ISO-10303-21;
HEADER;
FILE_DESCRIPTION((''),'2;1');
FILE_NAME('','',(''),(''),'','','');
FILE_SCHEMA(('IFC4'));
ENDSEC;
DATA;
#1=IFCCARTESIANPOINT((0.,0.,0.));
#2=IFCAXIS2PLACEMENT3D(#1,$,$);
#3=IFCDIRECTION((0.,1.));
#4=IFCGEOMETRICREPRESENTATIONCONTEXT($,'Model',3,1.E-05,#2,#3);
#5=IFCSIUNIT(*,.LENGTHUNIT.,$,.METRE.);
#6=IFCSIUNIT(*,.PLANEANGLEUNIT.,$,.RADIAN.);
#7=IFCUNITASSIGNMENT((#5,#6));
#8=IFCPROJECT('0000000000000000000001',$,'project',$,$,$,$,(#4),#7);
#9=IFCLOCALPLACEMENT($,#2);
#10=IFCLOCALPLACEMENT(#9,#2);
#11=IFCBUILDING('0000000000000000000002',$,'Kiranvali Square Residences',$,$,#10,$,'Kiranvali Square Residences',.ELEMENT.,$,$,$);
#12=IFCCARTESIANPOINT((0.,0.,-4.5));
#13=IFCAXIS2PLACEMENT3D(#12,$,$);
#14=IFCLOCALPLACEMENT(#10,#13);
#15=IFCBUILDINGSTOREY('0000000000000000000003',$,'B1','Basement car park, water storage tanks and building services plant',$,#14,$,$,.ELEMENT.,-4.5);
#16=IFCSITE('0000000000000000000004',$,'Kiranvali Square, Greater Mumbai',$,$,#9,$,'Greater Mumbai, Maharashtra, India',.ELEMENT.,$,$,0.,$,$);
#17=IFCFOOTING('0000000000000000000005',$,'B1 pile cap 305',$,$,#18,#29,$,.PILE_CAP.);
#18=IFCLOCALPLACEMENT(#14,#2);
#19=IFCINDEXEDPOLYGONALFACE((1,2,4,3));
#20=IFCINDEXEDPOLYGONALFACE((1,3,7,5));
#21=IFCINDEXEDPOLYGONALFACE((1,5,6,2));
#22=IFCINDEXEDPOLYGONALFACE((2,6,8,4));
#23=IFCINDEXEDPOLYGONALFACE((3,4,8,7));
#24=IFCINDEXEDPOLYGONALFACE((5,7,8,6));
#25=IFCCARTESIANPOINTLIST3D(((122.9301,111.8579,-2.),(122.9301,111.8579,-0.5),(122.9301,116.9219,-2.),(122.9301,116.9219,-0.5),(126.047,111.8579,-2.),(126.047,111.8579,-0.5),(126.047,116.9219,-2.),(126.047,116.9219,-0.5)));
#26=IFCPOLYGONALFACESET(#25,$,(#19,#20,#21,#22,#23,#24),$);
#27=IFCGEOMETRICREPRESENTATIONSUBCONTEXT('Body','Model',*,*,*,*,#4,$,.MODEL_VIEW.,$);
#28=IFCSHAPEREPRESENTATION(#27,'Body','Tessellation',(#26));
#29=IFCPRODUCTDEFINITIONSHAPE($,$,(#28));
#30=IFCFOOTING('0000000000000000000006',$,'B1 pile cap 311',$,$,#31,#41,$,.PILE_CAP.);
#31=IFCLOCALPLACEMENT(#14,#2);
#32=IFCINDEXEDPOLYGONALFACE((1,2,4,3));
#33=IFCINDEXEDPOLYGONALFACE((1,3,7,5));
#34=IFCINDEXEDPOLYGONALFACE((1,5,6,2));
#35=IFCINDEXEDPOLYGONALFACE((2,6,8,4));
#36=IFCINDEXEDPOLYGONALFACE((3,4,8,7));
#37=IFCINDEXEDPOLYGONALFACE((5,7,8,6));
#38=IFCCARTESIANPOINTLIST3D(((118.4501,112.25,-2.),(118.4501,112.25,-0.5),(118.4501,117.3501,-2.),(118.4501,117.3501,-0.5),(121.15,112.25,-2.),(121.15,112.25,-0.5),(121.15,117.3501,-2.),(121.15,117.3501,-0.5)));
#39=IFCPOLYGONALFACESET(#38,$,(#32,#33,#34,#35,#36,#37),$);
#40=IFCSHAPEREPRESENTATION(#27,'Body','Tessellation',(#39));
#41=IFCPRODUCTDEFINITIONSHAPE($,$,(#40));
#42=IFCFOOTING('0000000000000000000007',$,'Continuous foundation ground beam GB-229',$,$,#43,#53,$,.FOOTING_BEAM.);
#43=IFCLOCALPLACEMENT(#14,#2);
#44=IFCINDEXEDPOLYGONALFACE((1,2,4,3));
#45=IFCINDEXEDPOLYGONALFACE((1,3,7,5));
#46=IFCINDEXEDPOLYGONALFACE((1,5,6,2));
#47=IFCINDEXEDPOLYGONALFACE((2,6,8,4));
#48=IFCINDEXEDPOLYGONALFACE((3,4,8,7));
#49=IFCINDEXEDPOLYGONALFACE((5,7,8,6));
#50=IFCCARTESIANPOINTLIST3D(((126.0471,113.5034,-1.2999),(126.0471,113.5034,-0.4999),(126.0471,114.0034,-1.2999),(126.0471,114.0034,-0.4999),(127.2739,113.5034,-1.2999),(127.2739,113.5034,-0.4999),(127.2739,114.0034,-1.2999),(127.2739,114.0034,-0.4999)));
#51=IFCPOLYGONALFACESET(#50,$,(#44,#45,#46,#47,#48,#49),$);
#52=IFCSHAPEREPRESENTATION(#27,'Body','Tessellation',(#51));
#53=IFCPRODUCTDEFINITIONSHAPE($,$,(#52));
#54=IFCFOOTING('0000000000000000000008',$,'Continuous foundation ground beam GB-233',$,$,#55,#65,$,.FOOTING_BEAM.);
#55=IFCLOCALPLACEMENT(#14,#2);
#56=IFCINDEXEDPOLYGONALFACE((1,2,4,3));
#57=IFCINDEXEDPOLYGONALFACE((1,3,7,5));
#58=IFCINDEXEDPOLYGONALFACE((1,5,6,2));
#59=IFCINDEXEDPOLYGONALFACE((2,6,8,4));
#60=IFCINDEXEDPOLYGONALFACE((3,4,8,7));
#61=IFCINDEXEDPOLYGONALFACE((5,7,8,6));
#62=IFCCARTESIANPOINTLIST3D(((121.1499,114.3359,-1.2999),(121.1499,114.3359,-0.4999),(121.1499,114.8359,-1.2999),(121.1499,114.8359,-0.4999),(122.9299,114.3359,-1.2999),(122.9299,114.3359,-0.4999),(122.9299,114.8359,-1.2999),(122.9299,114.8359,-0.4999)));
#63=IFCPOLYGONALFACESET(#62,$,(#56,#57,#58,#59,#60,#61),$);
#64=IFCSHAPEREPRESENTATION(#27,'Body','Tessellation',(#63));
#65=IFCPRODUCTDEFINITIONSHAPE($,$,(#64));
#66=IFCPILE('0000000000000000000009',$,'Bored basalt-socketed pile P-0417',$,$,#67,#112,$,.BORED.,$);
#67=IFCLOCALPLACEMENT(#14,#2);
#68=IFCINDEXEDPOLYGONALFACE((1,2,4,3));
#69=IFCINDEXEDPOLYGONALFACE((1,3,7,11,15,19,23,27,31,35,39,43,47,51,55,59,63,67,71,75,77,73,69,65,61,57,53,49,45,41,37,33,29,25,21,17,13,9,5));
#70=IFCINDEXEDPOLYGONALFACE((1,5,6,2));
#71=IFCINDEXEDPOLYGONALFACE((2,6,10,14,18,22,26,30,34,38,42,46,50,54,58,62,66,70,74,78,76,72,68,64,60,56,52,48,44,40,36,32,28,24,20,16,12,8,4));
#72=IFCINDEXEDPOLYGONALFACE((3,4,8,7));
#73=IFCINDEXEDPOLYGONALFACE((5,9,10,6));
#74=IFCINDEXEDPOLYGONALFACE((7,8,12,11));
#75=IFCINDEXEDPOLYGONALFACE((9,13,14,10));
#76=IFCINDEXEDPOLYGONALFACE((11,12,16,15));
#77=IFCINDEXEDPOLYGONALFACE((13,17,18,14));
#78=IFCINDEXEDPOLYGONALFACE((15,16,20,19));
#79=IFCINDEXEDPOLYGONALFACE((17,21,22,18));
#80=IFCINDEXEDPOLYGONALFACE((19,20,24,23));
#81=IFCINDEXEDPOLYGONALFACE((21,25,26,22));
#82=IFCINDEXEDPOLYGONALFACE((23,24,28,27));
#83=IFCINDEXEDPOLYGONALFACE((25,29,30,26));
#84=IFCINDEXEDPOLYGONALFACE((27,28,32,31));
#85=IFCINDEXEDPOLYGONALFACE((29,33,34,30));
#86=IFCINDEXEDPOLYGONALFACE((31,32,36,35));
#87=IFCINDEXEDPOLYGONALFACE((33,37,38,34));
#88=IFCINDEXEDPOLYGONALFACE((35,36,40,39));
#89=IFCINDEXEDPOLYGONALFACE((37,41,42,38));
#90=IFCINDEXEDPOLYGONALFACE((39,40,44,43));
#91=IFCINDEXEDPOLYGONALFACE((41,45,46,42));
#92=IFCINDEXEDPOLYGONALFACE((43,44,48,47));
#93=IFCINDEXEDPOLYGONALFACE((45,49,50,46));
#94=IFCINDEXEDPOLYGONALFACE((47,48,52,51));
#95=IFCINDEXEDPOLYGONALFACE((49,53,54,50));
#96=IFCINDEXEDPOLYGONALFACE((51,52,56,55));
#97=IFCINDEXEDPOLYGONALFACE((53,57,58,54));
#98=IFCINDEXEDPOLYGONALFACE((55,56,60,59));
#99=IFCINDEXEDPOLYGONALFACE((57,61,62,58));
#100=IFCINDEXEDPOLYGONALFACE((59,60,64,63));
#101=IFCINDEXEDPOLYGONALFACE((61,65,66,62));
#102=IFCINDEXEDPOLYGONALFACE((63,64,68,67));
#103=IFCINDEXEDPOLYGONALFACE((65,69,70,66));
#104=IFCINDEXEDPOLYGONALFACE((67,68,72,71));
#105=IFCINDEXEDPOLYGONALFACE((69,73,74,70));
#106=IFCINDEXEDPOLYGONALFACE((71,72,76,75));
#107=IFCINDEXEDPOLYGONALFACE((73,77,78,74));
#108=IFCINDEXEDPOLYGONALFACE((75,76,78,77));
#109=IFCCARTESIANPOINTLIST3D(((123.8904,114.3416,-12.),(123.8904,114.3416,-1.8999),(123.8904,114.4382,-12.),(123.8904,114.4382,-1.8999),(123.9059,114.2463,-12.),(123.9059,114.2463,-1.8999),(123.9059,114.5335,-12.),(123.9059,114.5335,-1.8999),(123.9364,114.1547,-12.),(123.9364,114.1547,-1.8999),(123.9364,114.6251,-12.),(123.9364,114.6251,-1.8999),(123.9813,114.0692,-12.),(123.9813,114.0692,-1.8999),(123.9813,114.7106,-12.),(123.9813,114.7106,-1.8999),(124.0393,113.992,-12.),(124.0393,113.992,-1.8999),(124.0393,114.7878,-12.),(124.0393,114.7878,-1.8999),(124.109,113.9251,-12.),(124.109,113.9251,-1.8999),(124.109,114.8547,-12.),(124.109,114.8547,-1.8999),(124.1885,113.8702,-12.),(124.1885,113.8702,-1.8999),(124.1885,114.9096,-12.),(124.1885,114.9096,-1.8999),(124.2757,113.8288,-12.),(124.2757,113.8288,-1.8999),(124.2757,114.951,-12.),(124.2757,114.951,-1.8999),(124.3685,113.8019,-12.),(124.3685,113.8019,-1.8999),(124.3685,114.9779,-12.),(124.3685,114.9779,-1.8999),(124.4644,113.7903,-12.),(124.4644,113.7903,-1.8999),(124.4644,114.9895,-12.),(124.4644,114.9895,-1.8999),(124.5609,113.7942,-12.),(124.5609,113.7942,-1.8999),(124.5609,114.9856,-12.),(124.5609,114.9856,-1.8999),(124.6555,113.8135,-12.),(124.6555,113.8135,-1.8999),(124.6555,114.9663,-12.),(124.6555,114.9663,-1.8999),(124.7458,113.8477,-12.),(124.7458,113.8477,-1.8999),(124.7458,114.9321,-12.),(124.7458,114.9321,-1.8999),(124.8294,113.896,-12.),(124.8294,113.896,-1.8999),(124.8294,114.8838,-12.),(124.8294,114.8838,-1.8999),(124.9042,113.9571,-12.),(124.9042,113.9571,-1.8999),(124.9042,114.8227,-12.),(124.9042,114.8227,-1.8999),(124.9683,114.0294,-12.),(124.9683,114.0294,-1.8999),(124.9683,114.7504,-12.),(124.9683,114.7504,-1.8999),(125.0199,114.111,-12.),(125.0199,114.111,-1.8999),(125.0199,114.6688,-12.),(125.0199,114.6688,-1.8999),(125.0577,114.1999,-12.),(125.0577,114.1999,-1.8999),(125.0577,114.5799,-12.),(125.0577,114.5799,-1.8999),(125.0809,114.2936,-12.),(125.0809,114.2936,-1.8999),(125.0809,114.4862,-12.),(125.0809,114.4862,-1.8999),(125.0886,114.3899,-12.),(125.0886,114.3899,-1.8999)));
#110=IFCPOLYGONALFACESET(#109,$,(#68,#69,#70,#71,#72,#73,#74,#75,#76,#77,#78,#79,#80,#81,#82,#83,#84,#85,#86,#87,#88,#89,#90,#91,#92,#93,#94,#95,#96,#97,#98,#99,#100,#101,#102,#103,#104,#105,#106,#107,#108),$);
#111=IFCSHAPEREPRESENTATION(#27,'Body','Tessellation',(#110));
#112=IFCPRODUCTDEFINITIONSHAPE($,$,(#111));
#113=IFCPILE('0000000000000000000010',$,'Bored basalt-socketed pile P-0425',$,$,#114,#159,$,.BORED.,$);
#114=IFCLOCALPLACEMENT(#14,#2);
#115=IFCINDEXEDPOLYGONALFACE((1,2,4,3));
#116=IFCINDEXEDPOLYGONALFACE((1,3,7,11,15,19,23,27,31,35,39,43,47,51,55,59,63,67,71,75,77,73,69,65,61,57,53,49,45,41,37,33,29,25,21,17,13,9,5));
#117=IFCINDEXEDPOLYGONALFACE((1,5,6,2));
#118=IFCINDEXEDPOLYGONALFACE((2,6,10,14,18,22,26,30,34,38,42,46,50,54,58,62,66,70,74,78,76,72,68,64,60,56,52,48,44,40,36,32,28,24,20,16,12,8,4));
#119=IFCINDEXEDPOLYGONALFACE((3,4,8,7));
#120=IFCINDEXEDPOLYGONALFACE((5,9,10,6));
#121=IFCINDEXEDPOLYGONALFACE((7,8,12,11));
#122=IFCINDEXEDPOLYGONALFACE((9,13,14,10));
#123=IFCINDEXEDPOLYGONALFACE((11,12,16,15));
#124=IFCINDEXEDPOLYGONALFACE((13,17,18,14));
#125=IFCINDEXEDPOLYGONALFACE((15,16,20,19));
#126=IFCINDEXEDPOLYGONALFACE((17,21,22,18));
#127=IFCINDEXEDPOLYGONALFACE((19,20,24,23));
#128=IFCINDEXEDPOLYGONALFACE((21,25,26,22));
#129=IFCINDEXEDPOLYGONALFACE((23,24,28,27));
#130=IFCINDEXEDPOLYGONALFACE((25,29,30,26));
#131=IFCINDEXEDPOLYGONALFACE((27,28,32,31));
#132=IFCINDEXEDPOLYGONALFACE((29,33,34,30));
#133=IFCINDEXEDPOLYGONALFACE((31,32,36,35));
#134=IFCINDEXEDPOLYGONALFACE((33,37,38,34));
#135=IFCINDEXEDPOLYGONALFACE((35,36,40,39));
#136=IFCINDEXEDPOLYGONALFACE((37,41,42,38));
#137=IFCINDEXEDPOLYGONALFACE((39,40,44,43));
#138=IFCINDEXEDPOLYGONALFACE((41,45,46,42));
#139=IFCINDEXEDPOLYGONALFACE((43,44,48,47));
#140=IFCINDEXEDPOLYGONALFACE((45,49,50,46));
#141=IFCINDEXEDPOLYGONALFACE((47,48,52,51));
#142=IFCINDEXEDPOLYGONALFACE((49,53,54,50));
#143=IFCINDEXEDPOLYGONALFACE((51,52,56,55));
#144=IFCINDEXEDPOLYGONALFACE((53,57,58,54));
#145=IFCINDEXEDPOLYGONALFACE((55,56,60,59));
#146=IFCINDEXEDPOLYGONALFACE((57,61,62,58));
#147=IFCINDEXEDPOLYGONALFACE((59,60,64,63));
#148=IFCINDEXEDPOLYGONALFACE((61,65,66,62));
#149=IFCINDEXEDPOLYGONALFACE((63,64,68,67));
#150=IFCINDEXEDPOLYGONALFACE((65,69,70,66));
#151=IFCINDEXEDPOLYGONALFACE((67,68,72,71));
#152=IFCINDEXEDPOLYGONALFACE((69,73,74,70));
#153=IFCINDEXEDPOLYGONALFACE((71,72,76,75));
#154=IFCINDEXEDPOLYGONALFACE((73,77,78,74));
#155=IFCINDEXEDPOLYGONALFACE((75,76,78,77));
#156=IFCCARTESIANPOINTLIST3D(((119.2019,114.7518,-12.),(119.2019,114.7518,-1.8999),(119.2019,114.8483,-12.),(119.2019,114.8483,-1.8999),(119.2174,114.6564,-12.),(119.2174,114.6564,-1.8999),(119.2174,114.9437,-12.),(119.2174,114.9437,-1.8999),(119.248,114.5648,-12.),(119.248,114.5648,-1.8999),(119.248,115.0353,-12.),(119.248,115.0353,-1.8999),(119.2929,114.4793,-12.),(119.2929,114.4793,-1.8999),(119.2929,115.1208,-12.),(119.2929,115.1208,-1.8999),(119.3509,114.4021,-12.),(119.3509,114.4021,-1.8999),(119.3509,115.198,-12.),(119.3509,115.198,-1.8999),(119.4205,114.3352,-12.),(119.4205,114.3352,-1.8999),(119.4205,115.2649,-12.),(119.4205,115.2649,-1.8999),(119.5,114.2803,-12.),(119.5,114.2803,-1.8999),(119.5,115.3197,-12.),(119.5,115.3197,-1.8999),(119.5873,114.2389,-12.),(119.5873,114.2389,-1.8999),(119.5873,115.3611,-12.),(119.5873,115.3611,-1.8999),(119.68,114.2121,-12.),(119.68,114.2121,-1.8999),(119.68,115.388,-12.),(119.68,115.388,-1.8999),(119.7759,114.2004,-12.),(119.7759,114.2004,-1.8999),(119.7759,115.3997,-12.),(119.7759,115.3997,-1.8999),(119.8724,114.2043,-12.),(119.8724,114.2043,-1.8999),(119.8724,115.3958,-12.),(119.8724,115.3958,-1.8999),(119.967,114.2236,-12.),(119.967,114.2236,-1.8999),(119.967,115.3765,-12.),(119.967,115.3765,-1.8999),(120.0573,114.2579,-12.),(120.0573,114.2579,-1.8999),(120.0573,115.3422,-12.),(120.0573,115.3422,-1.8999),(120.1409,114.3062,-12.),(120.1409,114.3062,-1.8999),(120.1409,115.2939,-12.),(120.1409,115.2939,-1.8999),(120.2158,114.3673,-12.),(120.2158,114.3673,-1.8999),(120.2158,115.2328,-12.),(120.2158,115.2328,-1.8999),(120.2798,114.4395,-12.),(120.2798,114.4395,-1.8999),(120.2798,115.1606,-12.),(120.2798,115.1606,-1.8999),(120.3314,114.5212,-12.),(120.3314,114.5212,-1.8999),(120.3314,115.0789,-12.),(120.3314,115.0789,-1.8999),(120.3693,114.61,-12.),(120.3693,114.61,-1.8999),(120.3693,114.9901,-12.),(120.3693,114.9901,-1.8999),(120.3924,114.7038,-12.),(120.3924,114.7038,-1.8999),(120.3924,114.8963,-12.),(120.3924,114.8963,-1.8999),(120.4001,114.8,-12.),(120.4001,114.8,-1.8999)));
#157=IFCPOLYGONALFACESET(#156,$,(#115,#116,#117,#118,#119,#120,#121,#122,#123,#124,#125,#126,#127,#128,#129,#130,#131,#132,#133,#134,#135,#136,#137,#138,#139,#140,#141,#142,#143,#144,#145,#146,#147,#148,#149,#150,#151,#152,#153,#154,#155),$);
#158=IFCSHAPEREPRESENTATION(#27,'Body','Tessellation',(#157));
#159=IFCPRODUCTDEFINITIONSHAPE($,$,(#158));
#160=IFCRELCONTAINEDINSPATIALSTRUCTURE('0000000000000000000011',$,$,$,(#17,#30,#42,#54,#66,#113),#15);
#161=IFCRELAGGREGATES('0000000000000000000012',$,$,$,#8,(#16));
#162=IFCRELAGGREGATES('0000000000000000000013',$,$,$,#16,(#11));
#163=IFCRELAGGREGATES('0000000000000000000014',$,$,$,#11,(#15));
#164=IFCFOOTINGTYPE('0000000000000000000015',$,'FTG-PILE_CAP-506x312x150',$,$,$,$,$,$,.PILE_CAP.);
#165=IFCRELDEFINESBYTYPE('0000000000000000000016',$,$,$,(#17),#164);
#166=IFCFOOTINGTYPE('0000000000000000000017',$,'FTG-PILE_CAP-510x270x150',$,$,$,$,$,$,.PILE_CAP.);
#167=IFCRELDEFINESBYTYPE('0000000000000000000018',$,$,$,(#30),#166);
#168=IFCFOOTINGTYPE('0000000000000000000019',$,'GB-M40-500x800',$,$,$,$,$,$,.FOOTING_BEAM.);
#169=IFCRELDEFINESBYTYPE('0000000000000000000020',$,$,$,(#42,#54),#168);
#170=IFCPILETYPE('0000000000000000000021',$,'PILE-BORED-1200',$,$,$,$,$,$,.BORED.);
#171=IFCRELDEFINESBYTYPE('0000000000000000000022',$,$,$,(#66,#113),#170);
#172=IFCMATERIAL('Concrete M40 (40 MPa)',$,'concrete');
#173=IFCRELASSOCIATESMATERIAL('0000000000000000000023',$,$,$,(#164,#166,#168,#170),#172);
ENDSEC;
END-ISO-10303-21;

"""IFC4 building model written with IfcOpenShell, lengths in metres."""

from ifc_helpers import new_model, si_unit, direction, frame, origin, origin_2d, place, context, subcontext, project, spatial, rectangle, circle, extrude, material, material_profile, profile_set, type_object, element, save


model = new_model("IFC4")

# Units and contexts
model_context = context("Model", 3, precision=1e-05, world=origin(), true_north=direction((0.0, 1.0)))
body_context = subcontext(model_context, "Body", "Model", "MODEL_VIEW")
ifc_project = project(units=[si_unit("LENGTHUNIT", "METRE"), si_unit("PLANEANGLEUNIT", "RADIAN")], contexts=[model_context])

# Site, building, storey
site_placement = place(None, origin())
site = spatial("IfcSite", under=ifc_project, at=site_placement, Name="Kiranvali Square, Greater Mumbai", LongName="Greater Mumbai, Maharashtra, India", CompositionType="ELEMENT", RefElevation=0.0)
building_placement = place(site_placement, origin())
building = spatial("IfcBuilding", under=site, at=building_placement, Name="Kiranvali Square Residences", LongName="Kiranvali Square Residences", CompositionType="ELEMENT")
storey_placement = place(building_placement, frame((0.0, 0.0, -4.5)))
storey = spatial("IfcBuildingStorey", under=building, at=storey_placement, Name="B1", Description="Basement car park, water storage tanks and building services plant", CompositionType="ELEMENT", Elevation=-4.5)

# Footings
ifc_material_1 = material(Name="Concrete M40 (40 MPa)", Category="concrete")
footing_type_1 = type_object("IfcFootingType", Name="FTG-PILE_CAP-506x312x150", PredefinedType="PILE_CAP", material=ifc_material_1)
footing_1_placement = place(storey_placement, frame((124.4885, 114.3899, -2.0), z_axis=(0.0, 0.0, 1.0), x_axis=(0.0, 1.0, 0.0)))
element("IfcFooting", 1, at=footing_1_placement, inside=storey, type_object=footing_type_1, Name="B1 pile cap 305", PredefinedType="PILE_CAP", context=body_context, shape_type="SweptSolid", body=[
    extrude(rectangle(XDim=5.064, YDim=3.1169, at=origin_2d()), origin(), (0.0, 0.0, 1.0), 1.5),
])
footing_type_2 = type_object("IfcFootingType", Name="FTG-PILE_CAP-510x270x150", PredefinedType="PILE_CAP", material=ifc_material_1)
footing_2_placement = place(storey_placement, frame((119.8, 114.8, -2.0), z_axis=(0.0, 0.0, 1.0), x_axis=(0.0, 1.0, 0.0)))
element("IfcFooting", 2, at=footing_2_placement, inside=storey, type_object=footing_type_2, Name="B1 pile cap 311", PredefinedType="PILE_CAP", context=body_context, shape_type="SweptSolid", body=[
    extrude(rectangle(XDim=5.1001, YDim=2.7, at=origin_2d()), origin(), (0.0, 0.0, 1.0), 1.5),
])
ifc_material_profile_1 = material_profile(ifc_material_1, rectangle(XDim=0.5, YDim=0.8, at=origin_2d()), Name="GB 500x800")
ifc_profile_set_1 = profile_set([ifc_material_profile_1], Name="Concrete M40 (40 MPa)")
footing_type_3 = type_object("IfcFootingType", Name="GB-M40-500x800", PredefinedType="FOOTING_BEAM", material=ifc_profile_set_1)
footing_3_placement = place(storey_placement, frame((126.0471, 113.7534, -0.8999), z_axis=(1.0, 0.0, 0.0), x_axis=(0.0, 1.0, 0.0)))
element("IfcFooting", 3, at=footing_3_placement, inside=storey, type_object=footing_type_3, Name="Continuous foundation ground beam GB-229", PredefinedType="FOOTING_BEAM", context=body_context, shape_type="SweptSolid", body=[
    extrude(rectangle(XDim=0.5, YDim=0.8, at=origin_2d()), origin(), (0.0, 0.0, 1.0), 1.2268),
])
footing_4_placement = place(storey_placement, frame((121.1499, 114.5859, -0.8999), z_axis=(1.0, 0.0, 0.0), x_axis=(0.0, 1.0, 0.0)))
element("IfcFooting", 4, at=footing_4_placement, inside=storey, type_object=footing_type_3, Name="Continuous foundation ground beam GB-233", PredefinedType="FOOTING_BEAM", context=body_context, shape_type="SweptSolid", body=[
    extrude(rectangle(XDim=0.5, YDim=0.8, at=origin_2d()), origin(), (0.0, 0.0, 1.0), 1.78),
])

# Piles
ifc_material_profile_2 = material_profile(ifc_material_1, circle(Radius=0.6001, at=origin_2d()), Name="BORED PILE 1200")
ifc_profile_set_2 = profile_set([ifc_material_profile_2], Name="Concrete M40 (40 MPa)")
pile_type = type_object("IfcPileType", Name="PILE-BORED-1200", PredefinedType="BORED", material=ifc_profile_set_2)
for number, where, z_axis, x_axis, name in (
    (5, (124.4885, 114.3899, -1.8999), (0.0, 0.0, -1.0), (1.0, 0.0, 0.0), "Bored basalt-socketed pile P-0417"),
    (6, (119.8, 114.8, -1.8999), (0.0, 0.0, -1.0), (1.0, 0.0, 0.0), "Bored basalt-socketed pile P-0425"),
):
    element("IfcPile", number, at=place(storey_placement, frame(where, z_axis=z_axis, x_axis=x_axis)), inside=storey, type_object=pile_type, Name=name, PredefinedType="BORED", context=body_context, shape_type="SweptSolid", body=[
        extrude(circle(Radius=0.6001, at=origin_2d()), origin(), (0.0, 0.0, 1.0), 10.1001),
    ])

save(model, "model.ifc")
